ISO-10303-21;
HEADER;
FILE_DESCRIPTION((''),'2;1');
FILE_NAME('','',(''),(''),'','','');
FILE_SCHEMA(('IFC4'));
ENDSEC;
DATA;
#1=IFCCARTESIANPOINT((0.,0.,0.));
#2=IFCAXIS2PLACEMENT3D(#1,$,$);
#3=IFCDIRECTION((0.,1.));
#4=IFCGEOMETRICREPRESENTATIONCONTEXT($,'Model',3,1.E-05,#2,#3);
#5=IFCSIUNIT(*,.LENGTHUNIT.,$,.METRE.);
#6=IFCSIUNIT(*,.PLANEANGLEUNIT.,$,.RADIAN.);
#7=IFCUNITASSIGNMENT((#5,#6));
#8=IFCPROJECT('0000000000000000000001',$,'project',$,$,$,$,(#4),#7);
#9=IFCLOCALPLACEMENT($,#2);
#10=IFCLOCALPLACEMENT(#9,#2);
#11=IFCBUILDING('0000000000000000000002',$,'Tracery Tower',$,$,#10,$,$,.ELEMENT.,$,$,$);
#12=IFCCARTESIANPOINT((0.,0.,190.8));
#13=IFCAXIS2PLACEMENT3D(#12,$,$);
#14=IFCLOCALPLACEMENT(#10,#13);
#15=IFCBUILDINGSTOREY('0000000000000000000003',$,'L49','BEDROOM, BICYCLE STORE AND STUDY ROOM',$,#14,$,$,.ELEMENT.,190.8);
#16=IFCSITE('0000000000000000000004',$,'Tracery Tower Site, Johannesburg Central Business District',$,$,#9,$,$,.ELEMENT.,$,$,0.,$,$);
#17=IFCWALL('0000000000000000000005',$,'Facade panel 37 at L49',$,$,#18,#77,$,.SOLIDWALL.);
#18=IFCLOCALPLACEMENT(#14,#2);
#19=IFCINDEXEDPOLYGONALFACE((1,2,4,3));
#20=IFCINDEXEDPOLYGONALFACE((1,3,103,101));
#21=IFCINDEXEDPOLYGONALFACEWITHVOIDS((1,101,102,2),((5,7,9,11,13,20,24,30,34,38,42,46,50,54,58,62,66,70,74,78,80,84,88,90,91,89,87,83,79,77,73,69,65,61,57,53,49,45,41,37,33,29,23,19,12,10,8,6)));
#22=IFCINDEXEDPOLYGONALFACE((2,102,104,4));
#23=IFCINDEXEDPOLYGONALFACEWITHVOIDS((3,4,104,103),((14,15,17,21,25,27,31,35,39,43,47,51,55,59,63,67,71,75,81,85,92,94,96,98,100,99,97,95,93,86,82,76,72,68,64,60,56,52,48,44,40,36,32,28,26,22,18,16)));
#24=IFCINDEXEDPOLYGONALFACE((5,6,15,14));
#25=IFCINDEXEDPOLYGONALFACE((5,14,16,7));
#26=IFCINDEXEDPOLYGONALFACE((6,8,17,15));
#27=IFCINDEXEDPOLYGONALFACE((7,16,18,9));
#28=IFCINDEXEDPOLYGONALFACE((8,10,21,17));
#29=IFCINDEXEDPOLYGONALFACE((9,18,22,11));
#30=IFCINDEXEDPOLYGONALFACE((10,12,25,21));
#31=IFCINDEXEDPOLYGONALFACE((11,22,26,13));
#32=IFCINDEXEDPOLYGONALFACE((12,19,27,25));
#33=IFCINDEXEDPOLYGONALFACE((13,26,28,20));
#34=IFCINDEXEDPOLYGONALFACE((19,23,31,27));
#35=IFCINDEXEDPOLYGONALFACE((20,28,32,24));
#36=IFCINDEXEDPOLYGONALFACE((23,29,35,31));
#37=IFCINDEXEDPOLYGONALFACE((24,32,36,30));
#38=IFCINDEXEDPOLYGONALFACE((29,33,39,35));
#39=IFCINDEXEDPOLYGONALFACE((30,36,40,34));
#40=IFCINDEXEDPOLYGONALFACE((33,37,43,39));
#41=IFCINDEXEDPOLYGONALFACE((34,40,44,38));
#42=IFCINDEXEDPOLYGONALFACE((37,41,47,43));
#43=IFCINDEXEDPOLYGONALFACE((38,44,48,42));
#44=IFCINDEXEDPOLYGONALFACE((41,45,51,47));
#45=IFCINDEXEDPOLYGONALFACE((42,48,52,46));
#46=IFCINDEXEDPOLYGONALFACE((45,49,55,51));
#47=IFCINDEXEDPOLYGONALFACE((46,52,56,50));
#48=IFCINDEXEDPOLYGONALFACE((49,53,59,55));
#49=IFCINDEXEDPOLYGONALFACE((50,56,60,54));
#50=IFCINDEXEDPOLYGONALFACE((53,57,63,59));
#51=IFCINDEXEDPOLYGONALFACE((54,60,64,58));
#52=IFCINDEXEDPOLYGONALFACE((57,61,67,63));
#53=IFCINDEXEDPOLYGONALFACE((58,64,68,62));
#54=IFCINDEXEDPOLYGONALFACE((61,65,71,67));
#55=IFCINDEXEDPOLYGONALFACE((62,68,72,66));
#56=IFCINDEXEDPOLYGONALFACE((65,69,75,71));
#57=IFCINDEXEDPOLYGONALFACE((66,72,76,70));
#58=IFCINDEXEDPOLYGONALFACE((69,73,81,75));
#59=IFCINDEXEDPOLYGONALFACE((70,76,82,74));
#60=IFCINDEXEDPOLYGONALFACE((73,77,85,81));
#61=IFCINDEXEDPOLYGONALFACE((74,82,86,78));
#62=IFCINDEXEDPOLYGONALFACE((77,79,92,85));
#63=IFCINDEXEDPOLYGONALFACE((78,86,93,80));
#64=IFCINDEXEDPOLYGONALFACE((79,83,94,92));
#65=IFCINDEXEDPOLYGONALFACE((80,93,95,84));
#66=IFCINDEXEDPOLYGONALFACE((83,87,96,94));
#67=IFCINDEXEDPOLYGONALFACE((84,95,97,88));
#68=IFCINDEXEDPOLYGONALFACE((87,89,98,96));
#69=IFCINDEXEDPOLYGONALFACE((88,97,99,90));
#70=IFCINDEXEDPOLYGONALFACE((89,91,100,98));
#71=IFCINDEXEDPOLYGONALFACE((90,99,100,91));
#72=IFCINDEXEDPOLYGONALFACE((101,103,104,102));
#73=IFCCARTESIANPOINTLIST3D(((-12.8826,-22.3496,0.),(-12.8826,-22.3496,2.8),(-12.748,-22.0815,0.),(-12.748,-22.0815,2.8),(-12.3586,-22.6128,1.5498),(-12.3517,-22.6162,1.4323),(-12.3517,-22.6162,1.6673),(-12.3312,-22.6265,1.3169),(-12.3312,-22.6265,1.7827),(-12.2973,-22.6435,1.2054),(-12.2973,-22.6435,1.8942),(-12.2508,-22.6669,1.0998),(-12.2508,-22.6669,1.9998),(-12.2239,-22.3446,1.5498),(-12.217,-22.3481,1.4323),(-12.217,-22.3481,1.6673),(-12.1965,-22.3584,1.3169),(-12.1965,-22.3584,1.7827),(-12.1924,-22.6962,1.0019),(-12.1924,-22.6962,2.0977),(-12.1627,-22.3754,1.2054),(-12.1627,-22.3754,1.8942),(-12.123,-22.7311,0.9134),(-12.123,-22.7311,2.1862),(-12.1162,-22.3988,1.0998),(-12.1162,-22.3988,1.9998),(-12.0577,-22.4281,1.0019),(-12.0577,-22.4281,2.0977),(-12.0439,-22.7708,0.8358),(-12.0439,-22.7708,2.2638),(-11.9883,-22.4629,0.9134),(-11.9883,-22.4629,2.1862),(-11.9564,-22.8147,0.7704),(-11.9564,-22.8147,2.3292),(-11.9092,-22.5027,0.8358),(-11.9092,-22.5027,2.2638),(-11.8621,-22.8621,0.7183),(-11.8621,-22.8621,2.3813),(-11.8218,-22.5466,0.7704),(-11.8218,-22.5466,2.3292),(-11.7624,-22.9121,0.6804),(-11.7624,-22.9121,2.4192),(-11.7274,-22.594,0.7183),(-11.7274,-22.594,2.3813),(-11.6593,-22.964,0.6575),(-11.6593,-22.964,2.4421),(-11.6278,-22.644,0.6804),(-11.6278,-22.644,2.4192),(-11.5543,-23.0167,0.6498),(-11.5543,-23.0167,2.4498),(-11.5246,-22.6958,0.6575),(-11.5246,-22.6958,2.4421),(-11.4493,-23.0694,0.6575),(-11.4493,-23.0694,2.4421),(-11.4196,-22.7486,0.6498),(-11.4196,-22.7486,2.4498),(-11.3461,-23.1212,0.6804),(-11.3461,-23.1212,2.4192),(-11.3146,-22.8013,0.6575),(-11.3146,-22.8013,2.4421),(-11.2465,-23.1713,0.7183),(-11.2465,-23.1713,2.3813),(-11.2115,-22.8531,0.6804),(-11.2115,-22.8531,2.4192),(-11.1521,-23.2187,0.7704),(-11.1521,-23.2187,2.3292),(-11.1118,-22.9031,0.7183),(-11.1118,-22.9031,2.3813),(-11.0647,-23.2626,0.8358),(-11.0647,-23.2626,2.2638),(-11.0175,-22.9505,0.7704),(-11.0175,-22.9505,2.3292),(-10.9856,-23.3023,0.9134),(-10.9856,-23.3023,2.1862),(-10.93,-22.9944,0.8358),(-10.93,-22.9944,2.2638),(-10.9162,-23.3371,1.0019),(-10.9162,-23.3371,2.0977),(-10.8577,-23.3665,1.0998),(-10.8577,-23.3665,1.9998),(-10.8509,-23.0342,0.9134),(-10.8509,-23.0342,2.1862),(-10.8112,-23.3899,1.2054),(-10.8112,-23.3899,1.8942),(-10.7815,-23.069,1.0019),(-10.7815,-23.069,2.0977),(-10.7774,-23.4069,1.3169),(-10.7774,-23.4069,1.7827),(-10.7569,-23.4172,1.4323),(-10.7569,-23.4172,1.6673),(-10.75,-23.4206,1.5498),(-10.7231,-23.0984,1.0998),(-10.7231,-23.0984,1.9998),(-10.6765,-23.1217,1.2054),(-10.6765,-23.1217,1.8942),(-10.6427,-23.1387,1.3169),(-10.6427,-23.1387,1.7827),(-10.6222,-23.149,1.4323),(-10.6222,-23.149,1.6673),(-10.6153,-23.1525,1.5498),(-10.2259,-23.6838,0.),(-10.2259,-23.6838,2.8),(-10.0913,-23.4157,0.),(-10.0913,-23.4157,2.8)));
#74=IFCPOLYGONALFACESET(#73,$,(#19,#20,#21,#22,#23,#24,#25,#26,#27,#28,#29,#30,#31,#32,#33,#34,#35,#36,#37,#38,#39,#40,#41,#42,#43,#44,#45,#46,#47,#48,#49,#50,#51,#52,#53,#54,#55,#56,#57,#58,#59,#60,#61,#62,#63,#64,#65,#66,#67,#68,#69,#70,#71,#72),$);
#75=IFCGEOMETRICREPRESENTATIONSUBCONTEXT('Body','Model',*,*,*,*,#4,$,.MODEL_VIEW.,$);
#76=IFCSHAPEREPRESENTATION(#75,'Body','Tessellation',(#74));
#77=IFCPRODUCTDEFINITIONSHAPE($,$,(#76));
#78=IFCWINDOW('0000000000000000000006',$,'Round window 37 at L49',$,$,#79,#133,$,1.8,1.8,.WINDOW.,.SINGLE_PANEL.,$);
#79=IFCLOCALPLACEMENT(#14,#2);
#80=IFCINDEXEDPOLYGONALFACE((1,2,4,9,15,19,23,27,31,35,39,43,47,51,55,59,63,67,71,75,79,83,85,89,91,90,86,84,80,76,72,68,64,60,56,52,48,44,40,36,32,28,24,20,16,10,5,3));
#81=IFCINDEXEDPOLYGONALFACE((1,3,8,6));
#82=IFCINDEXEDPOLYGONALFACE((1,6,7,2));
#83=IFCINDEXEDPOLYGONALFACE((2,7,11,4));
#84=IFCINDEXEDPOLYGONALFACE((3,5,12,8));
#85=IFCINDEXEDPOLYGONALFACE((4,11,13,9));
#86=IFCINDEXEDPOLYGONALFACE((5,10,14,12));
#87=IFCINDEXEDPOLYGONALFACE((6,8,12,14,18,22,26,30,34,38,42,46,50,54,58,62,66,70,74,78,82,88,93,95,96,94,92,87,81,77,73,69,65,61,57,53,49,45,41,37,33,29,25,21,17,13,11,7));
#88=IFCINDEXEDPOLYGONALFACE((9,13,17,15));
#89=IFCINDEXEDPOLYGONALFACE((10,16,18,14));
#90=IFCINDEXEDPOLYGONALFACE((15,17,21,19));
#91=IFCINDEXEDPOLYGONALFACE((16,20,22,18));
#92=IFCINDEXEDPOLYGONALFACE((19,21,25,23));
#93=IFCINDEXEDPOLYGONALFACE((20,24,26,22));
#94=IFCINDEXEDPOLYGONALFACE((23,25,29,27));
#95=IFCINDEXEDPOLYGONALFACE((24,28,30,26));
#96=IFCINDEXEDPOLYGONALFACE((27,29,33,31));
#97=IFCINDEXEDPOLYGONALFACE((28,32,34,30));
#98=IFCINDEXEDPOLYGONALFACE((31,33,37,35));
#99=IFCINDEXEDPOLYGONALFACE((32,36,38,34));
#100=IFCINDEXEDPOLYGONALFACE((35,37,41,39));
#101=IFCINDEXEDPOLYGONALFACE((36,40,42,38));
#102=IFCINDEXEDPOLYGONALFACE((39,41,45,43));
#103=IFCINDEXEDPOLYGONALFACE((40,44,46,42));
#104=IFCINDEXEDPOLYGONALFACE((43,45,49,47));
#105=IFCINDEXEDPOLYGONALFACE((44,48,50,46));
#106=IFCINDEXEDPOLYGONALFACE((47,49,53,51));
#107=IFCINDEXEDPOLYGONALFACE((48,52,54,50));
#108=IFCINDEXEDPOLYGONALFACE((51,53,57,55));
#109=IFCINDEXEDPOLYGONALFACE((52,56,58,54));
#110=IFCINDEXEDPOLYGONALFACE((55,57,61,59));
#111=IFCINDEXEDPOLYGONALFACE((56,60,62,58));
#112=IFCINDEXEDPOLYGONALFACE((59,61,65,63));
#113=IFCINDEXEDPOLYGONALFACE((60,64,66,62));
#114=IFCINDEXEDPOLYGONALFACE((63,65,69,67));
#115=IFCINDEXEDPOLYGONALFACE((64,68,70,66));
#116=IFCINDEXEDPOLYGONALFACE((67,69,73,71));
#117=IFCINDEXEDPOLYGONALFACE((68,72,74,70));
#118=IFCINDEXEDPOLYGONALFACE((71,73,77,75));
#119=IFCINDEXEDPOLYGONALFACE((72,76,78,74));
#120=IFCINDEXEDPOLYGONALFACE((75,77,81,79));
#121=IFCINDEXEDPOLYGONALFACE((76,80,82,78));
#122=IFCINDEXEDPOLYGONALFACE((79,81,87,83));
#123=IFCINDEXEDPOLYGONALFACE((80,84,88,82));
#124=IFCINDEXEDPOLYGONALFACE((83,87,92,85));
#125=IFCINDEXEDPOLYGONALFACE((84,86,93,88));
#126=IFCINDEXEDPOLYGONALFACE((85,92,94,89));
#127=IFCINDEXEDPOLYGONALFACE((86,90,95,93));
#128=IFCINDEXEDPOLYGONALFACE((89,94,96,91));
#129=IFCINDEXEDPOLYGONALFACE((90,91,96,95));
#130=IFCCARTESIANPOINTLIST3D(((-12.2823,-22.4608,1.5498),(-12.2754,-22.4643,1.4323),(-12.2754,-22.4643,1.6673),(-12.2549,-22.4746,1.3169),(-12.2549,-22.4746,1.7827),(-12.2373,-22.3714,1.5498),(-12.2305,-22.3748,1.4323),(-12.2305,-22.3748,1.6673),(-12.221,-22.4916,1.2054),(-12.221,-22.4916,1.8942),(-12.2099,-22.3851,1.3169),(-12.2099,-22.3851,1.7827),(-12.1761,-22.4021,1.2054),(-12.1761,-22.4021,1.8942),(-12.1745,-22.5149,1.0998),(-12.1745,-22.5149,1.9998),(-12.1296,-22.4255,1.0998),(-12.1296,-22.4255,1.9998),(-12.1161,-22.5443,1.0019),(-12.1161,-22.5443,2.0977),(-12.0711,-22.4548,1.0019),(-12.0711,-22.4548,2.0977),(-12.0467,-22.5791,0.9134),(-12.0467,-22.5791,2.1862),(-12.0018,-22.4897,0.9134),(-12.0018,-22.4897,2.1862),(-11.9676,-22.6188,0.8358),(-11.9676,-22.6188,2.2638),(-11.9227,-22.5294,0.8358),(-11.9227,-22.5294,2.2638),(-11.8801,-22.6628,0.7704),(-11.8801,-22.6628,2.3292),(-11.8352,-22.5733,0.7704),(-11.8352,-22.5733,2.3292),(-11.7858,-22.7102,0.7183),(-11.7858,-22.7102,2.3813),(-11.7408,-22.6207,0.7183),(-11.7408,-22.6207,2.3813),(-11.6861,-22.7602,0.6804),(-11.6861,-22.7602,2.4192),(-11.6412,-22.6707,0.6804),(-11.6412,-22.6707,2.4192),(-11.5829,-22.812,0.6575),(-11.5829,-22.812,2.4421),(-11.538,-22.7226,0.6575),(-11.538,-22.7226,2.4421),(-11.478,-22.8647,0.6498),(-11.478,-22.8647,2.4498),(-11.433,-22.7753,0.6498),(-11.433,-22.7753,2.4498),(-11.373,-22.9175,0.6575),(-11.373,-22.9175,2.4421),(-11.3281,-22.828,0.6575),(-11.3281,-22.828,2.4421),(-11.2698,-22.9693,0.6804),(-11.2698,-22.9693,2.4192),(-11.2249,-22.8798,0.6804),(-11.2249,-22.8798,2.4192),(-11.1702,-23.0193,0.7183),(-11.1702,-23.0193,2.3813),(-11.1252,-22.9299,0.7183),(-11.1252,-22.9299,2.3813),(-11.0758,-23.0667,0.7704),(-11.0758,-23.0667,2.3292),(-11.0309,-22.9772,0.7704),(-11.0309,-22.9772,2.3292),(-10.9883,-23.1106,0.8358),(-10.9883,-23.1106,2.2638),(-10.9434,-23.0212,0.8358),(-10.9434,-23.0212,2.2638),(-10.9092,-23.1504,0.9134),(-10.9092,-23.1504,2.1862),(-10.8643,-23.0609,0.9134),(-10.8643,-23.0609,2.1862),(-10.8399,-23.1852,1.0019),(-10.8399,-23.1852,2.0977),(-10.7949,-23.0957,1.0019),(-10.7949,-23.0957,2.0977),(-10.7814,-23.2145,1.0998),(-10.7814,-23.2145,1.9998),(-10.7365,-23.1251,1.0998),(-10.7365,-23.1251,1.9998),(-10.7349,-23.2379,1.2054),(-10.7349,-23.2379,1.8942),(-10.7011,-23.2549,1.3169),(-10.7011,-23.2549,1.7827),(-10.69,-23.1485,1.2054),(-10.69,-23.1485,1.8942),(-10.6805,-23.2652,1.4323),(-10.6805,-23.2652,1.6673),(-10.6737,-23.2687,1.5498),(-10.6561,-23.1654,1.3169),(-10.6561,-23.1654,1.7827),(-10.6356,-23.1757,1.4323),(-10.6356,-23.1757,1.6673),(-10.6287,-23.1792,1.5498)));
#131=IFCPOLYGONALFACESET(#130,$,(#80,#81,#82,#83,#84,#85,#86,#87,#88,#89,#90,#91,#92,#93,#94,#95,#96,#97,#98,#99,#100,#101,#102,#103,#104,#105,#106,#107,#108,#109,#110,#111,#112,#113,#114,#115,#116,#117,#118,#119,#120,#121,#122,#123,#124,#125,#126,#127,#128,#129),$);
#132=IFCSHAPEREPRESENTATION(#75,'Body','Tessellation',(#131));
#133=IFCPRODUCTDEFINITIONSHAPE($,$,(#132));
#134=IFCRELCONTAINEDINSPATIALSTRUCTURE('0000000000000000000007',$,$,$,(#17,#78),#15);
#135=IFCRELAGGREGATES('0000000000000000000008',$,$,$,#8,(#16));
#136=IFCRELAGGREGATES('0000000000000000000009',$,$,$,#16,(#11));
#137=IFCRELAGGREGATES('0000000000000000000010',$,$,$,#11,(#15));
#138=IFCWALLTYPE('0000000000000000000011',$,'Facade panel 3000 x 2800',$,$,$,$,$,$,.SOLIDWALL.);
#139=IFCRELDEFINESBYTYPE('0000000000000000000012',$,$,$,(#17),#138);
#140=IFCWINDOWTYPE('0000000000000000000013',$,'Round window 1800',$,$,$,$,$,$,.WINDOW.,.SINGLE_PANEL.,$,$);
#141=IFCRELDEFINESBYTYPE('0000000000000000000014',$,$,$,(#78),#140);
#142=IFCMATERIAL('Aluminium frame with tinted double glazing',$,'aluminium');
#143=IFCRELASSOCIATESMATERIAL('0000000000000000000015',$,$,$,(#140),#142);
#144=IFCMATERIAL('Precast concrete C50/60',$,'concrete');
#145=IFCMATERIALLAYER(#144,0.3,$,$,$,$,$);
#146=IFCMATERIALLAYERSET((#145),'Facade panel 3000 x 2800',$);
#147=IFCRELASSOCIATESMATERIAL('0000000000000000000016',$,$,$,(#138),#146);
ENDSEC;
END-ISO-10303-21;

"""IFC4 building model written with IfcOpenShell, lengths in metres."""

from ifc_helpers import new_model, si_unit, direction, frame, frame_2d, origin, origin_2d, place, context, subcontext, project, spatial, rectangle, circle, extrude, material, layer, layer_set, type_object, element, fill, save


model = new_model("IFC4")

# Units and contexts
model_context = context("Model", 3, precision=1e-05, world=origin(), true_north=direction((0.0, 1.0)))
body_context = subcontext(model_context, "Body", "Model", "MODEL_VIEW")
ifc_project = project(units=[si_unit("LENGTHUNIT", "METRE"), si_unit("PLANEANGLEUNIT", "RADIAN")], contexts=[model_context])

# Site, building, storey
site_placement = place(None, origin())
site = spatial("IfcSite", under=ifc_project, at=site_placement, Name="Tracery Tower Site, Johannesburg Central Business District", CompositionType="ELEMENT", RefElevation=0.0)
building_placement = place(site_placement, origin())
building = spatial("IfcBuilding", under=site, at=building_placement, Name="Tracery Tower", CompositionType="ELEMENT")
storey_placement = place(building_placement, frame((0.0, 0.0, 190.8)))
storey = spatial("IfcBuildingStorey", under=building, at=storey_placement, Name="L49", Description="BEDROOM, BICYCLE STORE AND STUDY ROOM", CompositionType="ELEMENT", Elevation=190.8)

# Wall, opening, window
ifc_material_1 = material(Name="Aluminium frame with tinted double glazing", Category="aluminium")
window_type = type_object("IfcWindowType", Name="Round window 1800", PartitioningType="SINGLE_PANEL", PredefinedType="WINDOW", material=ifc_material_1)
ifc_material_2 = material(Name="Precast concrete C50/60", Category="concrete")
ifc_layer_1 = layer(ifc_material_2, 0.3)
ifc_layer_set_1 = layer_set([ifc_layer_1], Name="Facade panel 3000 x 2800")
wall_type_1 = type_object("IfcWallType", Name="Facade panel 3000 x 2800", PredefinedType="SOLIDWALL", material=ifc_layer_set_1)
wall_1_placement = place(storey_placement, frame((-12.8152, -22.2156, 0.0), z_axis=(0.0, 0.0, 1.0), x_axis=(0.893637, -0.44879, 0.0)))
wall_1 = element("IfcWall", 1, at=wall_1_placement, inside=storey, type_object=wall_type_1, Name="Facade panel 37 at L49", PredefinedType="SOLIDWALL", context=body_context, shape_type="SweptSolid", body=[
    extrude(rectangle(XDim=2.9729, YDim=0.3, at=frame_2d((1.4863, 0.0))), origin(), (0.0, 0.0, 1.0), 2.8),
])
opening_1_placement = place(wall_1_placement, frame((1.4863, 0.0, 1.5498)))
opening_1 = element("IfcOpeningElement", 2, at=opening_1_placement, cuts=wall_1, PredefinedType="OPENING", context=body_context, shape_type="SweptSolid", body=[
    extrude(circle(Radius=0.9, at=origin_2d()), frame((0.0, 0.1599, 0.0), z_axis=(0.0, -1.0, 0.0), x_axis=(1.0, 0.0, 0.0)), (0.0, 0.0, 1.0), 0.3201),
])
window_1_placement = place(opening_1_placement, origin())
window_1 = element("IfcWindow", 3, at=window_1_placement, inside=storey, type_object=window_type, Name="Round window 37 at L49", OverallHeight=1.8, OverallWidth=1.8, PartitioningType="SINGLE_PANEL", PredefinedType="WINDOW", context=body_context, shape_type="SweptSolid", body=[
    extrude(circle(Radius=0.9, at=origin_2d()), frame((0.0, 0.1201, 0.0), z_axis=(0.0, -1.0, 0.0), x_axis=(1.0, 0.0, 0.0)), (0.0, 0.0, 1.0), 0.1001),
])
fill(opening_1, window_1)

save(model, "model.ifc")
